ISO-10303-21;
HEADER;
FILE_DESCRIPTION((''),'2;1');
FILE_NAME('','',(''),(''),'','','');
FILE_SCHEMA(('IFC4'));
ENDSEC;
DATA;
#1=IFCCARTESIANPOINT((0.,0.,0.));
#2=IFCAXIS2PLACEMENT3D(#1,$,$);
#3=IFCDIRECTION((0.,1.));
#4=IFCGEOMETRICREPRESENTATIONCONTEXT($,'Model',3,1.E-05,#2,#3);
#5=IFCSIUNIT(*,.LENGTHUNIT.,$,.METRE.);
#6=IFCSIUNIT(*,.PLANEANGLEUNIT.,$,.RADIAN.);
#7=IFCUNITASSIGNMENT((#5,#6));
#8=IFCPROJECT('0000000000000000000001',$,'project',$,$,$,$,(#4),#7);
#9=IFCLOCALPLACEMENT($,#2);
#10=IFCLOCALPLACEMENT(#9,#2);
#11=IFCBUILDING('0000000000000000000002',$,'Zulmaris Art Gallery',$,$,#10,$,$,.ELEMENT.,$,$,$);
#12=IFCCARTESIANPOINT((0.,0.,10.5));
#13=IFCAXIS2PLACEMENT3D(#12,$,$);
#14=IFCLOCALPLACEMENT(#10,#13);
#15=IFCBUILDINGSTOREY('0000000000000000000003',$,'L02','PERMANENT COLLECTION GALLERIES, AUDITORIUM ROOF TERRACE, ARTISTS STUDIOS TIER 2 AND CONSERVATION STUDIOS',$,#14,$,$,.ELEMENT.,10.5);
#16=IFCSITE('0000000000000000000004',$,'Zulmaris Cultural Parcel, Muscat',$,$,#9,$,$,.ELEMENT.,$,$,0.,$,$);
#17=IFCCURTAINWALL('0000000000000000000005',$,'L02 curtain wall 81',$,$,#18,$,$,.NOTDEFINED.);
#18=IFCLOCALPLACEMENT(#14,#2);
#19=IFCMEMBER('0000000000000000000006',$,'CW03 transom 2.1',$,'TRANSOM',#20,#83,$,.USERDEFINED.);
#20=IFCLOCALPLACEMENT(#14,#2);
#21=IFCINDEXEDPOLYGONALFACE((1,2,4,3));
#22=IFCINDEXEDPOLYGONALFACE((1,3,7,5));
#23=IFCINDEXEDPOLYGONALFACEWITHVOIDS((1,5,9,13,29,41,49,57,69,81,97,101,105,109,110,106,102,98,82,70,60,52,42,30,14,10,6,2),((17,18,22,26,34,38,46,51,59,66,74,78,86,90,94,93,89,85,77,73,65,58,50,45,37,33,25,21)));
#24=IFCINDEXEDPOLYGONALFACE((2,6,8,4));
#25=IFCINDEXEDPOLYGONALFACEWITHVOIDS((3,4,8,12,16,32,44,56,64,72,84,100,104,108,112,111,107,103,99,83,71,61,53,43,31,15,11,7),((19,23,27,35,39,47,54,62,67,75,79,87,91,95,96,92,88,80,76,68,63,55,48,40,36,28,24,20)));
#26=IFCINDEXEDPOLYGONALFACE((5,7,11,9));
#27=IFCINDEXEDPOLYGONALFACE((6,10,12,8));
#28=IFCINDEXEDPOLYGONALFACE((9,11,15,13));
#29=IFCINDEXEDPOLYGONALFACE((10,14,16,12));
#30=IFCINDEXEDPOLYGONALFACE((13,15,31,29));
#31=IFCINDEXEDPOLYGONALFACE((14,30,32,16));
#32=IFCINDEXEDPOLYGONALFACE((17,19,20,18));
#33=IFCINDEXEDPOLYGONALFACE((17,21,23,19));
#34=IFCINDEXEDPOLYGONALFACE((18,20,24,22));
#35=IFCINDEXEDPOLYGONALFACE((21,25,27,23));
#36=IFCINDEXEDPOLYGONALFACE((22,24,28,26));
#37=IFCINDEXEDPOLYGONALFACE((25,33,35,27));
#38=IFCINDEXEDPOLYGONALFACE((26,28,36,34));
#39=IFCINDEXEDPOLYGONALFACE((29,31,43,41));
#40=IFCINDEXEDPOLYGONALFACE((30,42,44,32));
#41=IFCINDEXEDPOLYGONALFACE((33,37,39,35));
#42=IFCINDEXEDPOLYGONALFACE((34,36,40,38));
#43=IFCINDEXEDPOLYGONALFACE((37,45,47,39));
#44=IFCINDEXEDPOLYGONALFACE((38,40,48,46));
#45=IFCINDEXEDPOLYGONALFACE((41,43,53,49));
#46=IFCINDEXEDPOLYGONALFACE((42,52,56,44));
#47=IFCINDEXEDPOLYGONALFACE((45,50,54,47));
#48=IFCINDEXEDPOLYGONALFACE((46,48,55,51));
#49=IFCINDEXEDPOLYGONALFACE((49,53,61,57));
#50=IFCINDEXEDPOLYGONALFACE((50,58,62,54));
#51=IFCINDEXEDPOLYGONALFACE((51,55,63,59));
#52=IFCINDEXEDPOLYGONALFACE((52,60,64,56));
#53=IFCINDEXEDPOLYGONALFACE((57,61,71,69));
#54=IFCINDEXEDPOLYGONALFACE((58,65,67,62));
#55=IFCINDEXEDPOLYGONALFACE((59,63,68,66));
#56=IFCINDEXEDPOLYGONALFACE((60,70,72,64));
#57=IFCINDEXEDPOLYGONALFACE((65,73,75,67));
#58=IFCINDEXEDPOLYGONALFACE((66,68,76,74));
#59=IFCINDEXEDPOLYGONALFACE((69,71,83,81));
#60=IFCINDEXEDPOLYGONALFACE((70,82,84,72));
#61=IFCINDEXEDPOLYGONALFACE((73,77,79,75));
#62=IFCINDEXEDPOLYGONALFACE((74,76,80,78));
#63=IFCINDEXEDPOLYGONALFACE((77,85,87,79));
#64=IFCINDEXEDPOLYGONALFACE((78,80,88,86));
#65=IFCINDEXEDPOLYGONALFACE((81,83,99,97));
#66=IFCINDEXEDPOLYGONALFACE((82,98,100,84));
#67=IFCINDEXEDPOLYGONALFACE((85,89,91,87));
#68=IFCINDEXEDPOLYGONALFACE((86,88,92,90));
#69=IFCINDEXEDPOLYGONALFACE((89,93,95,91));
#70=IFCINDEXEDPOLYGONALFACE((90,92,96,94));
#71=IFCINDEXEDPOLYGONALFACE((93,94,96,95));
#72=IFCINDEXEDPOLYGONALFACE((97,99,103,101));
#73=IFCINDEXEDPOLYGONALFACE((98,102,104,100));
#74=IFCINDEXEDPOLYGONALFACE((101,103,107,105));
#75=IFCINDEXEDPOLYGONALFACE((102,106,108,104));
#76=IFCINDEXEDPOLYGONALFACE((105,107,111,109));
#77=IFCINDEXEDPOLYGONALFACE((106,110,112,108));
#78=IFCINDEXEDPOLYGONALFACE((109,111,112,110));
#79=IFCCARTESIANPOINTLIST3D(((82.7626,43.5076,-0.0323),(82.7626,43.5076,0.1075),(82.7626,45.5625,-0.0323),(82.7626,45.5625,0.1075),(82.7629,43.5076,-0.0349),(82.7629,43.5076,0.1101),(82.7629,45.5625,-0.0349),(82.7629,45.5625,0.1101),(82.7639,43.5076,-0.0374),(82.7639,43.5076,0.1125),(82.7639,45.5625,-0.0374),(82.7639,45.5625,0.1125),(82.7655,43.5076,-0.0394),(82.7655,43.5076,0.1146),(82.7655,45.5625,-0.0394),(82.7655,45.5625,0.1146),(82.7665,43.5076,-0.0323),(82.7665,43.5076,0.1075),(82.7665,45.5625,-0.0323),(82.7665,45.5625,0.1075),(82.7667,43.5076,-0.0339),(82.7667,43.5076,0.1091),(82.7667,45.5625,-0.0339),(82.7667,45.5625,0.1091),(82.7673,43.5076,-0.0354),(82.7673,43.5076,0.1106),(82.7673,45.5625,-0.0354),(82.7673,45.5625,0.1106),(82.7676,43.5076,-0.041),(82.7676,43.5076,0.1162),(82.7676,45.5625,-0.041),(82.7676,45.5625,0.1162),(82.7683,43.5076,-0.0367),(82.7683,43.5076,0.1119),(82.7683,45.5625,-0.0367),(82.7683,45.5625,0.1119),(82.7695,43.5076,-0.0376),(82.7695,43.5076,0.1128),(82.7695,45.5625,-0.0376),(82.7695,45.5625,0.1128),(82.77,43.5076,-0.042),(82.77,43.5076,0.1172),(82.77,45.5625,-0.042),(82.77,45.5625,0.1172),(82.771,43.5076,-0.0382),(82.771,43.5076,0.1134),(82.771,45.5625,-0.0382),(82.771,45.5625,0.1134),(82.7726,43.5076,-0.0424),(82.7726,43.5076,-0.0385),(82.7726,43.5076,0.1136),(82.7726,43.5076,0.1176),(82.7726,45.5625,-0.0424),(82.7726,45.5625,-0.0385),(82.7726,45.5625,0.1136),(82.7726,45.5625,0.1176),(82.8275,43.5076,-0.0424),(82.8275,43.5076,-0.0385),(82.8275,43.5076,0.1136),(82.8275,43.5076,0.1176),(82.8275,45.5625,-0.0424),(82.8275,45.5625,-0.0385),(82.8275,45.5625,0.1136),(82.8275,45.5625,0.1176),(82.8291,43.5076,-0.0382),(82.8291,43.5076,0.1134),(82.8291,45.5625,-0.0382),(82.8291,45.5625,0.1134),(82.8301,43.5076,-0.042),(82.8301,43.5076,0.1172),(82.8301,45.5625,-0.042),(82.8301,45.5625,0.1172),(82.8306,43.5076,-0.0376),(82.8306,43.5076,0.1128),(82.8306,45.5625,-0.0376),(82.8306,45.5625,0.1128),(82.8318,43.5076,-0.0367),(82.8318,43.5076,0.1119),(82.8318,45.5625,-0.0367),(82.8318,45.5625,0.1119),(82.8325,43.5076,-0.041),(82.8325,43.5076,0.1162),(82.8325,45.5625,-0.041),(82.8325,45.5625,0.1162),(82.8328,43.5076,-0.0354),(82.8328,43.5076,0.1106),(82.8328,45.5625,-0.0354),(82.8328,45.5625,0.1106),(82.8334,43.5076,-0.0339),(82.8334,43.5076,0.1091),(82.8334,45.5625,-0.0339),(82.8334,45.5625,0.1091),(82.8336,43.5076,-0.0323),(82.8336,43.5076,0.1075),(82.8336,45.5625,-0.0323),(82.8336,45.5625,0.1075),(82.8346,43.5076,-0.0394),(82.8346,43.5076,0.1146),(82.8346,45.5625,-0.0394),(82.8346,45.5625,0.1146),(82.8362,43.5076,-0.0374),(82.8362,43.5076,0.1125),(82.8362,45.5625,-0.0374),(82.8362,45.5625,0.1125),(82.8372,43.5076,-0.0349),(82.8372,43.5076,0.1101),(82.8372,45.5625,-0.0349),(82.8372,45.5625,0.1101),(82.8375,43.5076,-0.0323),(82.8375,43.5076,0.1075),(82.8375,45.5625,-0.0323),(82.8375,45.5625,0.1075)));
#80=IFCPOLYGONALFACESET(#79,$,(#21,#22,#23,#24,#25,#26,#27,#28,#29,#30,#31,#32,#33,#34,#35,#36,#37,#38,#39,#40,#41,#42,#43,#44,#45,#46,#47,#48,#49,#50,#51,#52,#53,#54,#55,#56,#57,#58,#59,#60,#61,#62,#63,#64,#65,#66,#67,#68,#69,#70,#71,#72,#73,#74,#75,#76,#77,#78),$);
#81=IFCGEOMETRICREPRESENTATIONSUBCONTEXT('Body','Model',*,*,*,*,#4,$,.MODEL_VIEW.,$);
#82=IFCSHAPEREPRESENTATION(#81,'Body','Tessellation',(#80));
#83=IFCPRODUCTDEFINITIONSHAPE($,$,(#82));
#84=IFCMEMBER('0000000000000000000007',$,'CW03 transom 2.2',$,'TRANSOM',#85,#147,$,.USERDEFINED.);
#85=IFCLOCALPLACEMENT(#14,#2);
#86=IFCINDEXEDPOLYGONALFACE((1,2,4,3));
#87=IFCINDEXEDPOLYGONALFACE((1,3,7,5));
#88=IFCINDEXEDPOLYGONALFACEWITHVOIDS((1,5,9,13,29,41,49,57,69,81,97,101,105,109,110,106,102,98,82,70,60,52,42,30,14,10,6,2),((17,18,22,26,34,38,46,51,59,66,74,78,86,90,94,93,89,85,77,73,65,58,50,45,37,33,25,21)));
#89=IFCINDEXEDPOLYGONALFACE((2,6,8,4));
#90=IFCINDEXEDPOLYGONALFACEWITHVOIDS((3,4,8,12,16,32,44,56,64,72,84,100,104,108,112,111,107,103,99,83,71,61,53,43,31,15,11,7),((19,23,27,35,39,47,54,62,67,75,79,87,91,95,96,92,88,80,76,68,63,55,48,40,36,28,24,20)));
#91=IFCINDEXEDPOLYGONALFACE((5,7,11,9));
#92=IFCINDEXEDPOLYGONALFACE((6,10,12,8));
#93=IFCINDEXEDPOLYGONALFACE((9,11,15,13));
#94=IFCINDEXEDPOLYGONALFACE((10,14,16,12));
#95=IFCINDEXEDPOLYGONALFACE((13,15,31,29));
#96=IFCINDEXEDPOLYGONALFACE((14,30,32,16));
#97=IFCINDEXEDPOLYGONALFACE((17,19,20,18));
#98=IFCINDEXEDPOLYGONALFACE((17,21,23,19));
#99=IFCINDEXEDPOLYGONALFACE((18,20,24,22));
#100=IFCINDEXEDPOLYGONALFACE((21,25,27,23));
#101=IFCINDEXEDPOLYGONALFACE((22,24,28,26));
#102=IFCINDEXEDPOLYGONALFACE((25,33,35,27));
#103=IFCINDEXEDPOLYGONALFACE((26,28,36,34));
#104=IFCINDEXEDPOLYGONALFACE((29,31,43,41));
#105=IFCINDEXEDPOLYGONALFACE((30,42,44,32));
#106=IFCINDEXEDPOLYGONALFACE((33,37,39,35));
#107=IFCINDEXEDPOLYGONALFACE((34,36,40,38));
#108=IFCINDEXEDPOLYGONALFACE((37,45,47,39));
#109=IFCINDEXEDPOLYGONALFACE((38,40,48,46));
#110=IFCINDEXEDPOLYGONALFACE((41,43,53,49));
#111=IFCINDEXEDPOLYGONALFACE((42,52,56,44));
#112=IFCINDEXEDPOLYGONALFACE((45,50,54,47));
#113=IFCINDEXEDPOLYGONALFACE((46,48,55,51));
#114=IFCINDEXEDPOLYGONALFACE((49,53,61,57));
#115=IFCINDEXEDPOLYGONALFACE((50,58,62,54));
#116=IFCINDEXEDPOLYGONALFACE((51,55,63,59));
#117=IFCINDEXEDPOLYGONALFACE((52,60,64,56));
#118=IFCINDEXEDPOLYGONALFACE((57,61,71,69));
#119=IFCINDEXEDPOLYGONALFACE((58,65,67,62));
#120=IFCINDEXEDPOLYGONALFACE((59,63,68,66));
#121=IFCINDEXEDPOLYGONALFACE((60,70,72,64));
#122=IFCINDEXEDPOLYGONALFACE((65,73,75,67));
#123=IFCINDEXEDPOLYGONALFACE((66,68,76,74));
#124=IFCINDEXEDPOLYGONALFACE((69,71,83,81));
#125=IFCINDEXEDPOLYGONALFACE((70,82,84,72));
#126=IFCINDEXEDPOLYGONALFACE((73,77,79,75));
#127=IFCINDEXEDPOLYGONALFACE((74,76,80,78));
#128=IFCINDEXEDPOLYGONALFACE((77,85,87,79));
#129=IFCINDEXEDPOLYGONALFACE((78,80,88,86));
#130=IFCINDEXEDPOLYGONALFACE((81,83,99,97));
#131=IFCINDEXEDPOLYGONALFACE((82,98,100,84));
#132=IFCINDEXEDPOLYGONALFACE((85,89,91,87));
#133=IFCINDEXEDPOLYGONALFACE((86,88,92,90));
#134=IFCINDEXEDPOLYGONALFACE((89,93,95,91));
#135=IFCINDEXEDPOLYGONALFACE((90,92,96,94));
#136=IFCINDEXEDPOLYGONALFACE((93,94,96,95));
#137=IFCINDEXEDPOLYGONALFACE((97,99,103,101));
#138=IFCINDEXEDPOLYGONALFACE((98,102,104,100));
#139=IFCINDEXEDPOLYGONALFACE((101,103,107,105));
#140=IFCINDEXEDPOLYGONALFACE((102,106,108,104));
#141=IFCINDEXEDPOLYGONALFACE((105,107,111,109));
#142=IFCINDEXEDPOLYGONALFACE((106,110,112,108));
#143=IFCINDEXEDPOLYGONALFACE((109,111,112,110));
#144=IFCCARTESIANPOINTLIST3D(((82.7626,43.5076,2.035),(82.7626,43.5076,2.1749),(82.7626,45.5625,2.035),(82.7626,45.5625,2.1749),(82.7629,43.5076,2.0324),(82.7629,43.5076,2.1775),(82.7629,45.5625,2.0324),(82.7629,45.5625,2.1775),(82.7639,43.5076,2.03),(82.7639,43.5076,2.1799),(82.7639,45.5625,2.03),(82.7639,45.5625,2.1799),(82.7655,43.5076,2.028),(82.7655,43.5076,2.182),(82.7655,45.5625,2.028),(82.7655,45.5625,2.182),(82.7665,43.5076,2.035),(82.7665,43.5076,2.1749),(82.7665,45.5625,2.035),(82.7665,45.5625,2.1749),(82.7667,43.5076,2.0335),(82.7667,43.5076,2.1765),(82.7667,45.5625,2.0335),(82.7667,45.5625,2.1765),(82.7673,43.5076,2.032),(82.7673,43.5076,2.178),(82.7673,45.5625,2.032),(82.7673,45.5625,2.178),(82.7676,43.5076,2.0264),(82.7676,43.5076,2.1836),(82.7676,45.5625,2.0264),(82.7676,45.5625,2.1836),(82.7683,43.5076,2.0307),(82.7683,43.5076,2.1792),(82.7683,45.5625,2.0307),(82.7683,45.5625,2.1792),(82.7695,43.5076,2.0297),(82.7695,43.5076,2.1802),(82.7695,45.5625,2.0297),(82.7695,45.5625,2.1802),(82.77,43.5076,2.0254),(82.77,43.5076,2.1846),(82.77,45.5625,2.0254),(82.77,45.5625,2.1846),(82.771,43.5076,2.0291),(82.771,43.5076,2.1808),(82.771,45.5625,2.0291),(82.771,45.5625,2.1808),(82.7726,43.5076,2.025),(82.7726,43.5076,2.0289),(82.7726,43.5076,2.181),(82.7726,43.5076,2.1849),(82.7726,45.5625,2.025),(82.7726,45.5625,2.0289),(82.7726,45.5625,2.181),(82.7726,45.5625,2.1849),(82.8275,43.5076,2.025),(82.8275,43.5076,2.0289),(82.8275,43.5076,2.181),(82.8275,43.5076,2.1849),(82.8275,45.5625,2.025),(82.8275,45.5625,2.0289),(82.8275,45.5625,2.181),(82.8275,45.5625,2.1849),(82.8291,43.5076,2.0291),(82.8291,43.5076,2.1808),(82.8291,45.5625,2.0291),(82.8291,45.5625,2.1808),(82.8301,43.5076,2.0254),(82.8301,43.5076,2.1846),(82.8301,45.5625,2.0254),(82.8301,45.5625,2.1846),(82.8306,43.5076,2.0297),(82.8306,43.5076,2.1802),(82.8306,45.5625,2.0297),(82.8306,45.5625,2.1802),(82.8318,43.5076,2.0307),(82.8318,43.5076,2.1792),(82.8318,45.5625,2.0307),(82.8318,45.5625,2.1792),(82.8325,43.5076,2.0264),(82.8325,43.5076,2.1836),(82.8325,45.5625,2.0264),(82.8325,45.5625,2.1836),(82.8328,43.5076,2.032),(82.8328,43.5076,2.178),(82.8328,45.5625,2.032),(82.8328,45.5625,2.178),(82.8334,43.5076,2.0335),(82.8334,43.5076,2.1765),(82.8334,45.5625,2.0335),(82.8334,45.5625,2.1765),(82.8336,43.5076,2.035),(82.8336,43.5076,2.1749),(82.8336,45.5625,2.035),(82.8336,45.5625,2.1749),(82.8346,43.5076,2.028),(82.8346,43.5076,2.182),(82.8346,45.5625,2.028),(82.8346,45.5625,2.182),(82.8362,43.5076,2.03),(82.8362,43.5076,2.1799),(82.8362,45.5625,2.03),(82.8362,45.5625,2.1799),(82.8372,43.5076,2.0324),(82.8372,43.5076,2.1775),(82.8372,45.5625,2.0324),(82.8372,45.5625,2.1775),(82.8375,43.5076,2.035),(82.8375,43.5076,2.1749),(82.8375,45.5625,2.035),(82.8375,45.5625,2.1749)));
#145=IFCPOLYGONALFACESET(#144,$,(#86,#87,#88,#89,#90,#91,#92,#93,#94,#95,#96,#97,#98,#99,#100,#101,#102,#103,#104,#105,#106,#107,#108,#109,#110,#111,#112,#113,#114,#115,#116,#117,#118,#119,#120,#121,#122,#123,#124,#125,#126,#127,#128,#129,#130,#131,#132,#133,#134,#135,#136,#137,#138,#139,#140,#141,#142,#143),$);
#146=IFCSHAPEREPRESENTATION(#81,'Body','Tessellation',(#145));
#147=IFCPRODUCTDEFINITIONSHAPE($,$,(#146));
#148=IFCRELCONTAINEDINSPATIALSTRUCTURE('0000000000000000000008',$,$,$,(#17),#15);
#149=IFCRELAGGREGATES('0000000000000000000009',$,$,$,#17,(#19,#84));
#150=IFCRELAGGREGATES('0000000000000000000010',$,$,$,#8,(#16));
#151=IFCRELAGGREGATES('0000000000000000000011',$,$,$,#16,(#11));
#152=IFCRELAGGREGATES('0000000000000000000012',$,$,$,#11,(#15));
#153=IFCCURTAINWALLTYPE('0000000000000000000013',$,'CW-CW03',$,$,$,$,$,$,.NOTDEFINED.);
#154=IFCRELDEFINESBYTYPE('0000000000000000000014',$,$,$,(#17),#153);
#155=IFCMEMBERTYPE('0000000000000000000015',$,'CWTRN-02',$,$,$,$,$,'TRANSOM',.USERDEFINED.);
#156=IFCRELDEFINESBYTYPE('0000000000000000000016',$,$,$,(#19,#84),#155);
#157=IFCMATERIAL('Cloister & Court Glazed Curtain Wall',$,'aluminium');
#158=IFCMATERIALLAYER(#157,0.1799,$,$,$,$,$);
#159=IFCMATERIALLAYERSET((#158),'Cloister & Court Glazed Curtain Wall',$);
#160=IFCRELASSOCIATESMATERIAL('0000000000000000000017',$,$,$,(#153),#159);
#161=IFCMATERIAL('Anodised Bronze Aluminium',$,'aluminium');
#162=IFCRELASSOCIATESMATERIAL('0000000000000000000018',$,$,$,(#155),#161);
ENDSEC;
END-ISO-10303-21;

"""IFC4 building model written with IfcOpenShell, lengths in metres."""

from ifc_helpers import new_model, si_unit, direction, frame, origin, origin_2d, place, context, subcontext, project, spatial, hollow_rectangle, extrude, material, layer, layer_set, material_profile, profile_set, type_object, element, aggregate, save


model = new_model("IFC4")

# Units and contexts
model_context = context("Model", 3, precision=1e-05, world=origin(), true_north=direction((0.0, 1.0)))
body_context = subcontext(model_context, "Body", "Model", "MODEL_VIEW")
ifc_project = project(units=[si_unit("LENGTHUNIT", "METRE"), si_unit("PLANEANGLEUNIT", "RADIAN")], contexts=[model_context])

# Site, building, storey
site_placement = place(None, origin())
site = spatial("IfcSite", under=ifc_project, at=site_placement, Name="Zulmaris Cultural Parcel, Muscat", CompositionType="ELEMENT", RefElevation=0.0)
building_placement = place(site_placement, origin())
building = spatial("IfcBuilding", under=site, at=building_placement, Name="Zulmaris Art Gallery", CompositionType="ELEMENT")
storey_placement = place(building_placement, frame((0.0, 0.0, 10.5)))
storey = spatial("IfcBuildingStorey", under=building, at=storey_placement, Name="L02", Description="PERMANENT COLLECTION GALLERIES, AUDITORIUM ROOF TERRACE, ARTISTS STUDIOS TIER 2 AND CONSERVATION STUDIOS", CompositionType="ELEMENT", Elevation=10.5)

# Curtain wall
ifc_material_1 = material(Name="Cloister & Court Glazed Curtain Wall", Category="aluminium")
ifc_layer_1 = layer(ifc_material_1, 0.1799)
ifc_layer_set_1 = layer_set([ifc_layer_1], Name="Cloister & Court Glazed Curtain Wall")
curtain_wall_type = type_object("IfcCurtainWallType", Name="CW-CW03", PredefinedType="NOTDEFINED", material=ifc_layer_set_1)
curtain_wall_1_placement = place(storey_placement, origin())
curtain_wall_1 = element("IfcCurtainWall", 1, at=curtain_wall_1_placement, inside=storey, type_object=curtain_wall_type, Name="L02 curtain wall 81", PredefinedType="NOTDEFINED")
ifc_material_2 = material(Name="Anodised Bronze Aluminium", Category="aluminium")

# Members
ifc_material_profile_1 = material_profile(ifc_material_2, hollow_rectangle(XDim=0.075, YDim=0.1599, WallThickness=0.0039, InnerFilletRadius=0.0061, OuterFilletRadius=0.01, at=origin_2d()), Name="ALU 75x160x4")
ifc_profile_set_1 = profile_set([ifc_material_profile_1], Name="Anodised Bronze Aluminium")
member_type_1 = type_object("IfcMemberType", Name="CWTRN-02", ElementType="TRANSOM", PredefinedType="USERDEFINED", material=ifc_profile_set_1)
member_1_placement = place(storey_placement, frame((82.8, 43.5076, 0.0376), z_axis=(0.0, 1.0, 0.0), x_axis=(-1.0, 0.0, 0.0)))
member_1 = element("IfcMember", 2, at=member_1_placement, type_object=member_type_1, Name="CW03 transom 2.1", ObjectType="TRANSOM", PredefinedType="USERDEFINED", context=body_context, shape_type="SweptSolid", body=[
    extrude(hollow_rectangle(XDim=0.075, YDim=0.1599, WallThickness=0.0039, InnerFilletRadius=0.0061, OuterFilletRadius=0.01, at=origin_2d()), origin(), (0.0, 0.0, 1.0), 2.0549),
])
member_2_placement = place(storey_placement, frame((82.8, 43.5076, 2.105), z_axis=(0.0, 1.0, 0.0), x_axis=(-1.0, 0.0, 0.0)))
member_2 = element("IfcMember", 3, at=member_2_placement, type_object=member_type_1, Name="CW03 transom 2.2", ObjectType="TRANSOM", PredefinedType="USERDEFINED", context=body_context, shape_type="SweptSolid", body=[
    extrude(hollow_rectangle(XDim=0.075, YDim=0.1599, WallThickness=0.0039, InnerFilletRadius=0.0061, OuterFilletRadius=0.01, at=origin_2d()), origin(), (0.0, 0.0, 1.0), 2.0549),
])

aggregate(curtain_wall_1, [member_1, member_2])

save(model, "model.ifc")
